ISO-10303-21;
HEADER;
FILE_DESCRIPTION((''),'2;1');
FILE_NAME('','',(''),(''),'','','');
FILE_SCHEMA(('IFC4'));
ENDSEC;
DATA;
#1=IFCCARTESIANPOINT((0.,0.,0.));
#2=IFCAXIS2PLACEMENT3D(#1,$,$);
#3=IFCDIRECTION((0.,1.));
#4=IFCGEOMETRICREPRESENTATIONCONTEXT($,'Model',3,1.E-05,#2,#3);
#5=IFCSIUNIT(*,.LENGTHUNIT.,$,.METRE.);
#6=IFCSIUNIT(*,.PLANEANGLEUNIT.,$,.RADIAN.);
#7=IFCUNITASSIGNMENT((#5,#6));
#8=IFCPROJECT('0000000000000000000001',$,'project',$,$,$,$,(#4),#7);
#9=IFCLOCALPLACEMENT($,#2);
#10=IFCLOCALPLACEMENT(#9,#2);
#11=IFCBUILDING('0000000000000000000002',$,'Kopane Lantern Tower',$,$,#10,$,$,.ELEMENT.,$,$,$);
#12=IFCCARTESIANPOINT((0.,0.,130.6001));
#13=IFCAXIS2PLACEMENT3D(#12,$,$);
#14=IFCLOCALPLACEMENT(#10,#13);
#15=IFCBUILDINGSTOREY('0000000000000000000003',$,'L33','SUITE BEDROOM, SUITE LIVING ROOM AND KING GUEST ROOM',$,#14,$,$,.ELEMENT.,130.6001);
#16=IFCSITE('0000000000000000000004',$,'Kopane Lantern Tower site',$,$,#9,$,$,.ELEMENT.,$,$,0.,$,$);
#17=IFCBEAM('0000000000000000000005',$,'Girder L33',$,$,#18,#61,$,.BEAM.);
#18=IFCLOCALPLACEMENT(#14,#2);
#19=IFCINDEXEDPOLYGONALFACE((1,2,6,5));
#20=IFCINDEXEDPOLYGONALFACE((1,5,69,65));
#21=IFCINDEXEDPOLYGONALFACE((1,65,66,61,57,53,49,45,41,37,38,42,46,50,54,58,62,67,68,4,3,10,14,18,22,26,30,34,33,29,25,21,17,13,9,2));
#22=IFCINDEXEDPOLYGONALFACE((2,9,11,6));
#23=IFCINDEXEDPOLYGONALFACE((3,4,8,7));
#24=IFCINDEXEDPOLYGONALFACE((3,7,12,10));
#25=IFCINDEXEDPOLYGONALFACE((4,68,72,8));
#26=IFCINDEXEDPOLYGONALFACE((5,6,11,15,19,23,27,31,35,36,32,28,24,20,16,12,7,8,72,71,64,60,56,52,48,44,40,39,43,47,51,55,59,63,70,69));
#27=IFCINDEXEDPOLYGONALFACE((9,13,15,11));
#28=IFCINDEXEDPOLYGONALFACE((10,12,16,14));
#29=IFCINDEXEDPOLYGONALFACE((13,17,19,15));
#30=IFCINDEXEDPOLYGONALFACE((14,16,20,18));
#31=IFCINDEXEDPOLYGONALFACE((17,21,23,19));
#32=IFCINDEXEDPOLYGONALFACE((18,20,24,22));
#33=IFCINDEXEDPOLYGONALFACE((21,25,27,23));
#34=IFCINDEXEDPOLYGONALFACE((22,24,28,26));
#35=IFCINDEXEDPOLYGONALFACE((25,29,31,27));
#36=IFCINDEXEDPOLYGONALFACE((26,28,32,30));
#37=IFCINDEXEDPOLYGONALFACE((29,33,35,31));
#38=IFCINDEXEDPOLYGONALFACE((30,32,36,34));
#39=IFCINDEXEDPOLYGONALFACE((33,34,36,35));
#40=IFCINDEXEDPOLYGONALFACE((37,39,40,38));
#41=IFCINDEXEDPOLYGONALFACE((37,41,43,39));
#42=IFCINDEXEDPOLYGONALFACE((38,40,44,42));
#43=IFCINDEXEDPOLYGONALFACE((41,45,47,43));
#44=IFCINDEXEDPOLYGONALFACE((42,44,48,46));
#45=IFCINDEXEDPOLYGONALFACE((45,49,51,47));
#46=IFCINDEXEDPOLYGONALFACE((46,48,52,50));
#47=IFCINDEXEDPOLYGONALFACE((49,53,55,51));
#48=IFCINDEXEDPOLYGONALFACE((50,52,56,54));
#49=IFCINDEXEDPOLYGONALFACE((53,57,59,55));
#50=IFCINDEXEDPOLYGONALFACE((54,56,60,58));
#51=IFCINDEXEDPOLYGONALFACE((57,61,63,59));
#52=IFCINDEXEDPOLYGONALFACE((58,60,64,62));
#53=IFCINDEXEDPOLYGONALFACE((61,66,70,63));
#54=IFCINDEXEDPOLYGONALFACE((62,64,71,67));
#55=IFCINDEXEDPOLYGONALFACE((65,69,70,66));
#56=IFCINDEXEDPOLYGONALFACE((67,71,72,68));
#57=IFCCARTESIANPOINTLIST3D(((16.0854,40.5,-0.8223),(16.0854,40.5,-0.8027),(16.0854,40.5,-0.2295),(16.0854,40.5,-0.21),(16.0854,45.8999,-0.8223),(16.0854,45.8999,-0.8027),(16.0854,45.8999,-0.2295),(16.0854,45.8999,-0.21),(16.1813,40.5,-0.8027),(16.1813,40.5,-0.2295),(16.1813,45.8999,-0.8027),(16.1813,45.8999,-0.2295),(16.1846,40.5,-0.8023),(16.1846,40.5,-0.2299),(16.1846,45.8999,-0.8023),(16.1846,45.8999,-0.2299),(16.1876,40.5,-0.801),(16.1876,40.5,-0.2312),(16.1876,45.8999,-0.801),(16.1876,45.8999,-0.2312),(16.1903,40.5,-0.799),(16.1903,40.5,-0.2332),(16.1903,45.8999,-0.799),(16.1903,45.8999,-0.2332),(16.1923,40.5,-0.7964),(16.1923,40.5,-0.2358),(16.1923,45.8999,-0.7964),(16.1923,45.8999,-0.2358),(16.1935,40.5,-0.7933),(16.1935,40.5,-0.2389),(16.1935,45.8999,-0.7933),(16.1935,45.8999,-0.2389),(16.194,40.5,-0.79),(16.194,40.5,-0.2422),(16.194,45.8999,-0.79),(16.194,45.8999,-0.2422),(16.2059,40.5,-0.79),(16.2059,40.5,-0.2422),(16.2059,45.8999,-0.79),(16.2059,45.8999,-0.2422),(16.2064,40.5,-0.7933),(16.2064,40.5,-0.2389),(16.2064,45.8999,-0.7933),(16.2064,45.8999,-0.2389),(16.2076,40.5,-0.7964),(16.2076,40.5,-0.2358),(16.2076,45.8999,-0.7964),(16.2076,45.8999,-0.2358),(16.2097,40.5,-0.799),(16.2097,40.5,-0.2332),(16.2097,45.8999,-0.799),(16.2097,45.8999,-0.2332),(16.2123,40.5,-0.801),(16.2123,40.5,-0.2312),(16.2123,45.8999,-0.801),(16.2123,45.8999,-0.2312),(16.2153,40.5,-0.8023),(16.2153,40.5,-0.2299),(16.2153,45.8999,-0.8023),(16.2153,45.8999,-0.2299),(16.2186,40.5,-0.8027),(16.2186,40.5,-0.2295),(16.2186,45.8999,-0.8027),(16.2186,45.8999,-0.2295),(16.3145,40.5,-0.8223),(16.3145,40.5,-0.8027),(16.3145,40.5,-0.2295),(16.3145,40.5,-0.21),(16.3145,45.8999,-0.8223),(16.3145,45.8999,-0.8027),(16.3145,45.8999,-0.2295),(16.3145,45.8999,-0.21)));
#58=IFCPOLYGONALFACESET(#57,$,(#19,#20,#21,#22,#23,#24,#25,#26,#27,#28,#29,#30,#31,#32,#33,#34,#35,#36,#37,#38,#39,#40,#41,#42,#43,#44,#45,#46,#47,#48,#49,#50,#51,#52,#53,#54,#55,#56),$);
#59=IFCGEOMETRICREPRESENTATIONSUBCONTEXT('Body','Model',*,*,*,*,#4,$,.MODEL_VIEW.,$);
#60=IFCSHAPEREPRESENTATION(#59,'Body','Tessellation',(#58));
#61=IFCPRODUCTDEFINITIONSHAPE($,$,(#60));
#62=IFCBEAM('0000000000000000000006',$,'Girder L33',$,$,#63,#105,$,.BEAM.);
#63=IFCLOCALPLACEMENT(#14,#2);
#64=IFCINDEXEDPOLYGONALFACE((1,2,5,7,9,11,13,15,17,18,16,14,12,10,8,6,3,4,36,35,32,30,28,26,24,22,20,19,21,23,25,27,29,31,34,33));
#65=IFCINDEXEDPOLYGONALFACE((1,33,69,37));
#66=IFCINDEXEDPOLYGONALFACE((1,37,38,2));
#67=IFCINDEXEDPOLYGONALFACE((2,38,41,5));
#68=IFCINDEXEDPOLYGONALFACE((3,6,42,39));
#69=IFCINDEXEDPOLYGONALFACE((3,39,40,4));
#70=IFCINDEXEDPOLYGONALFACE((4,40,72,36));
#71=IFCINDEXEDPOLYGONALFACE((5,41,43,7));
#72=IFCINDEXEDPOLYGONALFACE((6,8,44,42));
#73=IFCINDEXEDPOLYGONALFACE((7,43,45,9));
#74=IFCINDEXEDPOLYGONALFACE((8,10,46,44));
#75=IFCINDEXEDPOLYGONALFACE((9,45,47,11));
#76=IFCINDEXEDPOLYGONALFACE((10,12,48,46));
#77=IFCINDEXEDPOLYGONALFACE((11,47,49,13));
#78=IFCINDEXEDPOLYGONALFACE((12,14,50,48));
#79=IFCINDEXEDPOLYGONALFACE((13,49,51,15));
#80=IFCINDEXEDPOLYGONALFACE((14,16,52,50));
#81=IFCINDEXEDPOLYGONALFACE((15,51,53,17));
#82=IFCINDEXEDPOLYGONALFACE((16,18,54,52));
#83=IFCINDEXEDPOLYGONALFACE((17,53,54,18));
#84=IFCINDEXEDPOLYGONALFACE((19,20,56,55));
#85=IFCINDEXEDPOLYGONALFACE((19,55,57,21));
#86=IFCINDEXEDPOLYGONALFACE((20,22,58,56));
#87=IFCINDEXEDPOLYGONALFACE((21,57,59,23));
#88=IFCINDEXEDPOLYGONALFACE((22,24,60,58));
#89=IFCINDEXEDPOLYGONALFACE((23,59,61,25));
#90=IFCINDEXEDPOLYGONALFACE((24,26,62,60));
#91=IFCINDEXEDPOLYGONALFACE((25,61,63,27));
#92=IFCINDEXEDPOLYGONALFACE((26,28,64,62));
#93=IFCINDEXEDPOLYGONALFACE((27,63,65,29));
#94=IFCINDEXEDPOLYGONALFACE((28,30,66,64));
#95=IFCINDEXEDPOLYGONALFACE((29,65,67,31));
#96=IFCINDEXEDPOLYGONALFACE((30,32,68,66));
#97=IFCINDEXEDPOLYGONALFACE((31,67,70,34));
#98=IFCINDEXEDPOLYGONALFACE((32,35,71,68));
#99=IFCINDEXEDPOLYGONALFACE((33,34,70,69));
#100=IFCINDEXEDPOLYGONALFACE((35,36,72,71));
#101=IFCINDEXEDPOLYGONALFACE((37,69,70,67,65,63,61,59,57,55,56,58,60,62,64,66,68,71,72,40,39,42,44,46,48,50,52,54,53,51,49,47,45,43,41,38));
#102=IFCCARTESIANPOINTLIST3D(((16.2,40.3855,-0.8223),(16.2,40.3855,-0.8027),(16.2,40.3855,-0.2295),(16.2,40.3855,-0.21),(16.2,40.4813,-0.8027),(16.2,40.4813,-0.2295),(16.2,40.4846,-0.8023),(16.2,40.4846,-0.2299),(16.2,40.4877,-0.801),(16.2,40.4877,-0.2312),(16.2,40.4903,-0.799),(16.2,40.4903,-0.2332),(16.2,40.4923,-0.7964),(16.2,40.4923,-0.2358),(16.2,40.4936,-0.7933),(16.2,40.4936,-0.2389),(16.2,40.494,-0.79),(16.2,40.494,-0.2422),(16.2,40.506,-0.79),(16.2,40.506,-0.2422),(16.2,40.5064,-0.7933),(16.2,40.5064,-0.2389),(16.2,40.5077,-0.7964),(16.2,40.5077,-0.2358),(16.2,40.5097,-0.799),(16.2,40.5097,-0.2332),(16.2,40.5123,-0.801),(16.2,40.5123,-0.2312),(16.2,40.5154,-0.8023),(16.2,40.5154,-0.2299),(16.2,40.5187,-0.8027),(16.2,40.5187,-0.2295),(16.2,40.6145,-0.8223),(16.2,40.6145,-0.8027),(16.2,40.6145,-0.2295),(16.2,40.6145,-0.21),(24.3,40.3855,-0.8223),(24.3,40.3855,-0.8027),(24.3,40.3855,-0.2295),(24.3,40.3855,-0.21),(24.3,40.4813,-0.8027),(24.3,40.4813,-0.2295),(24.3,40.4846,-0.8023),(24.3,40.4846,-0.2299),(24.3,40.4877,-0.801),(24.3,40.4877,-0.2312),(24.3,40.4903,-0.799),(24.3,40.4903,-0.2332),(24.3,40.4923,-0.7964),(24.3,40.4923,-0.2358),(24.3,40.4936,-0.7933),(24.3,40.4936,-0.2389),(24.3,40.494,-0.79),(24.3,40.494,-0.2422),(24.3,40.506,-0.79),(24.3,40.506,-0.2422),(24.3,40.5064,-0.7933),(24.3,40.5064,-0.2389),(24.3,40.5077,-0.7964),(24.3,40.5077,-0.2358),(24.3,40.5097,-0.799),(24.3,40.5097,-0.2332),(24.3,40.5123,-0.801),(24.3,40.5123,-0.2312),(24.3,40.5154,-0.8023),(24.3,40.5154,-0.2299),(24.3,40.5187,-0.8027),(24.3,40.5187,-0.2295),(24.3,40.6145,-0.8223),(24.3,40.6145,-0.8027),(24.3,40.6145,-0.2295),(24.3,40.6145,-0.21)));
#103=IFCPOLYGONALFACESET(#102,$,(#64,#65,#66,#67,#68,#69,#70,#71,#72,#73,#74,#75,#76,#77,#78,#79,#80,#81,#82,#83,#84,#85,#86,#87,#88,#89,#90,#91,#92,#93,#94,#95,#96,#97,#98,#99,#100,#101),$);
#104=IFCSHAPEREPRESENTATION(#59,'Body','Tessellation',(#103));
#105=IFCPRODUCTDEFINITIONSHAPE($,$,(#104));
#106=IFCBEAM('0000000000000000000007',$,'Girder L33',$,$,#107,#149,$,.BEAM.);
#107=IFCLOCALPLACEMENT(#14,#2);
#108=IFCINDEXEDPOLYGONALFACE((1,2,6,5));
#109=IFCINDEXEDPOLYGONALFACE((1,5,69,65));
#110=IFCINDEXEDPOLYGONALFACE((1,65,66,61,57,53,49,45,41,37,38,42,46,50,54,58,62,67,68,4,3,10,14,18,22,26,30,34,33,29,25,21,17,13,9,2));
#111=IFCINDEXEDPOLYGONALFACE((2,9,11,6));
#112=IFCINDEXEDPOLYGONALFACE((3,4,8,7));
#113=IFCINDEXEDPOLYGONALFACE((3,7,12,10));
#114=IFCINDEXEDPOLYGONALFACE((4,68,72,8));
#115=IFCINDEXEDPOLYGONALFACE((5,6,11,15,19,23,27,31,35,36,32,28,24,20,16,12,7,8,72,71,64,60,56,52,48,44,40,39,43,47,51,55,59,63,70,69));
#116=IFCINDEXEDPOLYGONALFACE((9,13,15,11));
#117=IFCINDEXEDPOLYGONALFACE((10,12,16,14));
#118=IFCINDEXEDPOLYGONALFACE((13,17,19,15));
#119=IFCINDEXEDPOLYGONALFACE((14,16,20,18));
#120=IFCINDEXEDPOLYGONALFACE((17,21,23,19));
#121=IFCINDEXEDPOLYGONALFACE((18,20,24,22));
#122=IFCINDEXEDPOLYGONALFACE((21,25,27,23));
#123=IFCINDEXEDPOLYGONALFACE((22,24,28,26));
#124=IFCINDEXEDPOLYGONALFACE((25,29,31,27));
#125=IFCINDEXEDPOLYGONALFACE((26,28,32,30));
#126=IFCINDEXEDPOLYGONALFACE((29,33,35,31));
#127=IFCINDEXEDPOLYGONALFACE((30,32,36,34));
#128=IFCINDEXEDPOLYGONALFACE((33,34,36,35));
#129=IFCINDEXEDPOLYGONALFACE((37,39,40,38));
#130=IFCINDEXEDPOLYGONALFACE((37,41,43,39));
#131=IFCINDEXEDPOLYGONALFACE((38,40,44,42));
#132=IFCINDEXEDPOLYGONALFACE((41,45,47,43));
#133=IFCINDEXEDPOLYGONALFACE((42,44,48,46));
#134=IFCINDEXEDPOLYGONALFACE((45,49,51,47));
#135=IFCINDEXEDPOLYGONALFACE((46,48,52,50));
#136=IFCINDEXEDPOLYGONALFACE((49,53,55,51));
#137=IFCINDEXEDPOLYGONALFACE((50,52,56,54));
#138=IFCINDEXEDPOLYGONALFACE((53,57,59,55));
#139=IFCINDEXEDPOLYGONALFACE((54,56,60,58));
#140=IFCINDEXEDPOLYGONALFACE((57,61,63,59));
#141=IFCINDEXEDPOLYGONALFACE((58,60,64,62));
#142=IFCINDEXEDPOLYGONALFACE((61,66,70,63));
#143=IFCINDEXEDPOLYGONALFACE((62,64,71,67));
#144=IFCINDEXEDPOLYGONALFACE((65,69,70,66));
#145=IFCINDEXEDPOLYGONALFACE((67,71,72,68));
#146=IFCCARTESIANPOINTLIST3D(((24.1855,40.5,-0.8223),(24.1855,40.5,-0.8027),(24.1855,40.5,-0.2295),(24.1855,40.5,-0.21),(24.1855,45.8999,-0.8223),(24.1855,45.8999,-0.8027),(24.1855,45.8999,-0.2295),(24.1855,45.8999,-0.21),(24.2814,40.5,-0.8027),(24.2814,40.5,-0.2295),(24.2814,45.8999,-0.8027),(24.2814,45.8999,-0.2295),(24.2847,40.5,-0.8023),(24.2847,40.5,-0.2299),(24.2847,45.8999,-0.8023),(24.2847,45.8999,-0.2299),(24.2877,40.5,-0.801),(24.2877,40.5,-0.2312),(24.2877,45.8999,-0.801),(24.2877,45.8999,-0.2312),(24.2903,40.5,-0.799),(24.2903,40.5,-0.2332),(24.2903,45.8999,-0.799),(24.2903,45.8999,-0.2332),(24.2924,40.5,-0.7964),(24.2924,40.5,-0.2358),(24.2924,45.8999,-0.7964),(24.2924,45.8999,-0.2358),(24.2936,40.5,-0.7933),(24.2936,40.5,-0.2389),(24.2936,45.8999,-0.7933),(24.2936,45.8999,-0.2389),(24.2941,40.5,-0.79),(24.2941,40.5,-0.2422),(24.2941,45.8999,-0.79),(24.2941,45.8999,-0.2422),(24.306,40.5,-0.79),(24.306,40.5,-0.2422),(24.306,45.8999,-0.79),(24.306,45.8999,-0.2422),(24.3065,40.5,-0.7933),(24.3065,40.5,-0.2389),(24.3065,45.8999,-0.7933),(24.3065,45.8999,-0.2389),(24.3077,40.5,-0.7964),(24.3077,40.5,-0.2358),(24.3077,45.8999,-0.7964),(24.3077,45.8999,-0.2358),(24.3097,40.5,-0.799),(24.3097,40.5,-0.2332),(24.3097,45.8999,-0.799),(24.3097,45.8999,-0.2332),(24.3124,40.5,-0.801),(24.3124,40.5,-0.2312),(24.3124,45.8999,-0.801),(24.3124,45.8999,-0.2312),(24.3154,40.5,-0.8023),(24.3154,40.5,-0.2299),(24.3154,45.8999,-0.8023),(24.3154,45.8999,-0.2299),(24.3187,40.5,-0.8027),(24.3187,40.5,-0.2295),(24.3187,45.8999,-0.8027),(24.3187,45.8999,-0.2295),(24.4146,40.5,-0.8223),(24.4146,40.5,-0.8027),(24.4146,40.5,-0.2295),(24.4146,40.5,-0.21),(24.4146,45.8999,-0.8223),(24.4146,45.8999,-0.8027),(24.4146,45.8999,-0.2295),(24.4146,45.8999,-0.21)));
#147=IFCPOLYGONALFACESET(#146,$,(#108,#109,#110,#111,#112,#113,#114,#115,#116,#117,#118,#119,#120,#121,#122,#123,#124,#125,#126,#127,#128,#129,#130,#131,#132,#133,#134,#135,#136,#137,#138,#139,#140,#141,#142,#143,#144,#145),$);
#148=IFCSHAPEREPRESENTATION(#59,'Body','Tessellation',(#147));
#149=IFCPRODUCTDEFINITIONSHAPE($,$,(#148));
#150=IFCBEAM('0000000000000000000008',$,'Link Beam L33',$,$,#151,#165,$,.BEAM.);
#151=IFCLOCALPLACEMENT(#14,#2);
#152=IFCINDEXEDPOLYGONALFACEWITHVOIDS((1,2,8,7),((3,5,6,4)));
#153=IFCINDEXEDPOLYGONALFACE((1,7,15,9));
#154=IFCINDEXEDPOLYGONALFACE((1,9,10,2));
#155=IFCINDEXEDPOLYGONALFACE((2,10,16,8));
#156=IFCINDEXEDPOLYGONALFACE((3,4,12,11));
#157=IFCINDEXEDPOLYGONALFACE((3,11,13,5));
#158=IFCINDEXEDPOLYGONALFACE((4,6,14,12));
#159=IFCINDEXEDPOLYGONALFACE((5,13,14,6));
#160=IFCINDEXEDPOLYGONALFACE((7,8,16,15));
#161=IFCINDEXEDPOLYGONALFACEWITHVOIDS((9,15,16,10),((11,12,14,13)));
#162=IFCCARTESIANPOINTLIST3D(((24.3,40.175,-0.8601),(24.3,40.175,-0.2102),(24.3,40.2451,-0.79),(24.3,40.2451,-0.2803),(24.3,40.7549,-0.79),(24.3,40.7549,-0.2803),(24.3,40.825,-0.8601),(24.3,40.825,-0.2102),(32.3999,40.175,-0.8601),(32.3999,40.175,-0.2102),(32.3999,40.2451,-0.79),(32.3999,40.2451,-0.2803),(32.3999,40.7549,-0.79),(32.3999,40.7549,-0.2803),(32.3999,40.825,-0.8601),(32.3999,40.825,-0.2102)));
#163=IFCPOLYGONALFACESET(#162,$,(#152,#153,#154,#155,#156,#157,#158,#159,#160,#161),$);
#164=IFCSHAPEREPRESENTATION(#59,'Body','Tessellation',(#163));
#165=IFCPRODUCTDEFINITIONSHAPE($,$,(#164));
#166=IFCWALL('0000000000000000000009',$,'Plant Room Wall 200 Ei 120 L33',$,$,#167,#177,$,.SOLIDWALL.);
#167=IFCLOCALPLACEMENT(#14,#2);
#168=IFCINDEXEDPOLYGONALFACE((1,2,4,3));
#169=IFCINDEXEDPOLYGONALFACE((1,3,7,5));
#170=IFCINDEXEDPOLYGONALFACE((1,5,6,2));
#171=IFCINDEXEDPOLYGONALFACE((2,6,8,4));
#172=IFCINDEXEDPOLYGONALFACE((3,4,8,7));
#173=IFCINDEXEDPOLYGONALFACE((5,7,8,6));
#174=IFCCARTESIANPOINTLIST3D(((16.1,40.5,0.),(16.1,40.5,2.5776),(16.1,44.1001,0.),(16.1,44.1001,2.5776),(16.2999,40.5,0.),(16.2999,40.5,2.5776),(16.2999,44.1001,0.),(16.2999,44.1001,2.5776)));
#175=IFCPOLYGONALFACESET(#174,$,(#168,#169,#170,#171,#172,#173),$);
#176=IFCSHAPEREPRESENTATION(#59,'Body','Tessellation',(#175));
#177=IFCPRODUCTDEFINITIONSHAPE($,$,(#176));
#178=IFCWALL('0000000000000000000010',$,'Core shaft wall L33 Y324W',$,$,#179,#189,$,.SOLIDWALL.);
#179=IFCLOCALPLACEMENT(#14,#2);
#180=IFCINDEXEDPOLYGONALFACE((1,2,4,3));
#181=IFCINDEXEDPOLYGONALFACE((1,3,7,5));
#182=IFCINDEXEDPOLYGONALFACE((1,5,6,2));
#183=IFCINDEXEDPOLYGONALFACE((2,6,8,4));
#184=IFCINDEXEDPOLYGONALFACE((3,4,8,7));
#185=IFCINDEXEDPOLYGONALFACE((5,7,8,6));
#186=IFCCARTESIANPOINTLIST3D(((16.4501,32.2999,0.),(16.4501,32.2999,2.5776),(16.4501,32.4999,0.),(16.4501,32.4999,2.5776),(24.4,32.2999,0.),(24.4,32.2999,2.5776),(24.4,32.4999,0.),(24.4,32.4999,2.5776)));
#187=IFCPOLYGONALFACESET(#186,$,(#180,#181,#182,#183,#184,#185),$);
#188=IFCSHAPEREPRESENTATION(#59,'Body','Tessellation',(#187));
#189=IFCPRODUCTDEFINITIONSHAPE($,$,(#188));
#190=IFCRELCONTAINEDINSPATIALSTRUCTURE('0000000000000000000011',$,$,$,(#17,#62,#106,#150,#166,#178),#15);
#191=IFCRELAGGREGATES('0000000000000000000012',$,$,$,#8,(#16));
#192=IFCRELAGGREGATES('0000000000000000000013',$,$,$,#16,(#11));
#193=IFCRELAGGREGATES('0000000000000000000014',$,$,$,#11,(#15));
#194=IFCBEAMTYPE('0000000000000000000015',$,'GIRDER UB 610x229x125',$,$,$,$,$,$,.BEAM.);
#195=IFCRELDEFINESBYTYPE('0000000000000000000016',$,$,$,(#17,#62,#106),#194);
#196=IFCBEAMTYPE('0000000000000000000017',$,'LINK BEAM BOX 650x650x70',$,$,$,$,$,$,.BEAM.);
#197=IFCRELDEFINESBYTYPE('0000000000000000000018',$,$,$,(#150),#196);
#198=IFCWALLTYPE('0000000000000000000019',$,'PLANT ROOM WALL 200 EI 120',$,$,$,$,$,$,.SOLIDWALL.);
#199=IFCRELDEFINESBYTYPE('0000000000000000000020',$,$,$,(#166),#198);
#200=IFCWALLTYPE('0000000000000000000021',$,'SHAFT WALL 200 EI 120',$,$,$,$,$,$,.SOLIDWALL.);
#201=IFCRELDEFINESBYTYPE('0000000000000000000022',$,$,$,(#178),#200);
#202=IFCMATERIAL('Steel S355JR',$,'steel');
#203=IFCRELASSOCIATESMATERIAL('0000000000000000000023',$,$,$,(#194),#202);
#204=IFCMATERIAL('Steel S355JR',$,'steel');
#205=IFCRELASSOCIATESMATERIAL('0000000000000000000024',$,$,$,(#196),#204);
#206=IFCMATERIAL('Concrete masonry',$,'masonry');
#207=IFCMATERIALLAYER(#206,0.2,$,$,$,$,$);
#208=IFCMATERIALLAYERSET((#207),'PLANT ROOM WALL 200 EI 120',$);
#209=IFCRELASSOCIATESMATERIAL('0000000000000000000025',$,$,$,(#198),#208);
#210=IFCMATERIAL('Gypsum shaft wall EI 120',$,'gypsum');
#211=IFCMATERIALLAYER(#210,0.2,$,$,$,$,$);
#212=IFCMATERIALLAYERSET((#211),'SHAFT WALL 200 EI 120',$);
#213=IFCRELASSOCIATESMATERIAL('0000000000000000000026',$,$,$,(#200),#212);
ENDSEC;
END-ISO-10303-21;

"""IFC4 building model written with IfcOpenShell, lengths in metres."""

from ifc_helpers import new_model, si_unit, direction, frame, frame_2d, origin, origin_2d, place, context, subcontext, project, spatial, rectangle, hollow_rectangle, i_section, extrude, material, layer, layer_set, material_profile, profile_set, type_object, element, save


model = new_model("IFC4")

# Units and contexts
model_context = context("Model", 3, precision=1e-05, world=origin(), true_north=direction((0.0, 1.0)))
body_context = subcontext(model_context, "Body", "Model", "MODEL_VIEW")
ifc_project = project(units=[si_unit("LENGTHUNIT", "METRE"), si_unit("PLANEANGLEUNIT", "RADIAN")], contexts=[model_context])

# Site, building, storey
site_placement = place(None, origin())
site = spatial("IfcSite", under=ifc_project, at=site_placement, Name="Kopane Lantern Tower site", CompositionType="ELEMENT", RefElevation=0.0)
building_placement = place(site_placement, origin())
building = spatial("IfcBuilding", under=site, at=building_placement, Name="Kopane Lantern Tower", CompositionType="ELEMENT")
storey_placement = place(building_placement, frame((0.0, 0.0, 130.6001)))
storey = spatial("IfcBuildingStorey", under=building, at=storey_placement, Name="L33", Description="SUITE BEDROOM, SUITE LIVING ROOM AND KING GUEST ROOM", CompositionType="ELEMENT", Elevation=130.6001)

# Beams
ifc_material_1 = material(Name="Steel S355JR", Category="steel")
ifc_material_profile_1 = material_profile(ifc_material_1, i_section(OverallWidth=0.229, OverallDepth=0.6123, WebThickness=0.012, FlangeThickness=0.0195, FilletRadius=0.0127, at=origin_2d()), Name="UB 610x229x125")
ifc_profile_set_1 = profile_set([ifc_material_profile_1], Name="Steel S355JR")
beam_type_1 = type_object("IfcBeamType", Name="GIRDER UB 610x229x125", PredefinedType="BEAM", material=ifc_profile_set_1)
beam_1_placement = place(storey_placement, frame((16.2, 40.5, -0.5161), z_axis=(0.0, 1.0, 0.0), x_axis=(-1.0, 0.0, 0.0)))
element("IfcBeam", 1, at=beam_1_placement, inside=storey, type_object=beam_type_1, Name="Girder L33", PredefinedType="BEAM", context=body_context, shape_type="SweptSolid", body=[
    extrude(i_section(OverallWidth=0.229, OverallDepth=0.6123, WebThickness=0.012, FlangeThickness=0.0195, FilletRadius=0.0127, at=origin_2d()), origin(), (0.0, 0.0, 1.0), 5.3999),
])
beam_2_placement = place(storey_placement, frame((16.2, 40.5, -0.5161), z_axis=(1.0, 0.0, 0.0), x_axis=(0.0, 1.0, 0.0)))
element("IfcBeam", 2, at=beam_2_placement, inside=storey, type_object=beam_type_1, Name="Girder L33", PredefinedType="BEAM", context=body_context, shape_type="SweptSolid", body=[
    extrude(i_section(OverallWidth=0.229, OverallDepth=0.6123, WebThickness=0.012, FlangeThickness=0.0195, FilletRadius=0.0127, at=origin_2d()), origin(), (0.0, 0.0, 1.0), 8.1001),
])
beam_3_placement = place(storey_placement, frame((24.3, 40.5, -0.5161), z_axis=(0.0, 1.0, 0.0), x_axis=(-1.0, 0.0, 0.0)))
element("IfcBeam", 3, at=beam_3_placement, inside=storey, type_object=beam_type_1, Name="Girder L33", PredefinedType="BEAM", context=body_context, shape_type="SweptSolid", body=[
    extrude(i_section(OverallWidth=0.229, OverallDepth=0.6123, WebThickness=0.012, FlangeThickness=0.0195, FilletRadius=0.0127, at=origin_2d()), origin(), (0.0, 0.0, 1.0), 5.3999),
])
ifc_material_2 = material(Name="Steel S355JR", Category="steel")
ifc_material_profile_2 = material_profile(ifc_material_2, hollow_rectangle(XDim=0.6499, YDim=0.6499, WallThickness=0.0701, at=origin_2d()), Name="BOX 650x650x70")
ifc_profile_set_2 = profile_set([ifc_material_profile_2], Name="Steel S355JR")
beam_type_2 = type_object("IfcBeamType", Name="LINK BEAM BOX 650x650x70", PredefinedType="BEAM", material=ifc_profile_set_2)
beam_4_placement = place(storey_placement, frame((24.3, 40.5, -0.5352), z_axis=(1.0, 0.0, 0.0), x_axis=(0.0, 1.0, 0.0)))
element("IfcBeam", 4, at=beam_4_placement, inside=storey, type_object=beam_type_2, Name="Link Beam L33", PredefinedType="BEAM", context=body_context, shape_type="SweptSolid", body=[
    extrude(hollow_rectangle(XDim=0.6499, YDim=0.6499, WallThickness=0.0701, at=origin_2d()), origin(), (0.0, 0.0, 1.0), 8.0999),
])

# Walls
ifc_material_3 = material(Name="Concrete masonry", Category="masonry")
ifc_layer_1 = layer(ifc_material_3, 0.2)
ifc_layer_set_1 = layer_set([ifc_layer_1], Name="PLANT ROOM WALL 200 EI 120")
wall_type_1 = type_object("IfcWallType", Name="PLANT ROOM WALL 200 EI 120", PredefinedType="SOLIDWALL", material=ifc_layer_set_1)
wall_1_placement = place(storey_placement, frame((16.2, 40.5, 0.0), z_axis=(0.0, 0.0, 1.0), x_axis=(0.0, 1.0, 0.0)))
element("IfcWall", 5, at=wall_1_placement, inside=storey, type_object=wall_type_1, Name="Plant Room Wall 200 Ei 120 L33", PredefinedType="SOLIDWALL", context=body_context, shape_type="SweptSolid", body=[
    extrude(rectangle(XDim=3.6001, YDim=0.2, at=frame_2d((1.8, 0.0))), origin(), (0.0, 0.0, 1.0), 2.5776),
])
ifc_material_4 = material(Name="Gypsum shaft wall EI 120", Category="gypsum")
ifc_layer_2 = layer(ifc_material_4, 0.2)
ifc_layer_set_2 = layer_set([ifc_layer_2], Name="SHAFT WALL 200 EI 120")
wall_type_2 = type_object("IfcWallType", Name="SHAFT WALL 200 EI 120", PredefinedType="SOLIDWALL", material=ifc_layer_set_2)
wall_2_placement = place(storey_placement, frame((16.45, 32.3999, 0.0), z_axis=(0.0, 0.0, 1.0), x_axis=(1.0, 0.0, 0.0)))
element("IfcWall", 6, at=wall_2_placement, inside=storey, type_object=wall_type_2, Name="Core shaft wall L33 Y324W", PredefinedType="SOLIDWALL", context=body_context, shape_type="SweptSolid", body=[
    extrude(rectangle(XDim=7.95, YDim=0.2, at=frame_2d((3.9751, 0.0))), origin(), (0.0, 0.0, 1.0), 2.5776),
])

save(model, "model.ifc")
